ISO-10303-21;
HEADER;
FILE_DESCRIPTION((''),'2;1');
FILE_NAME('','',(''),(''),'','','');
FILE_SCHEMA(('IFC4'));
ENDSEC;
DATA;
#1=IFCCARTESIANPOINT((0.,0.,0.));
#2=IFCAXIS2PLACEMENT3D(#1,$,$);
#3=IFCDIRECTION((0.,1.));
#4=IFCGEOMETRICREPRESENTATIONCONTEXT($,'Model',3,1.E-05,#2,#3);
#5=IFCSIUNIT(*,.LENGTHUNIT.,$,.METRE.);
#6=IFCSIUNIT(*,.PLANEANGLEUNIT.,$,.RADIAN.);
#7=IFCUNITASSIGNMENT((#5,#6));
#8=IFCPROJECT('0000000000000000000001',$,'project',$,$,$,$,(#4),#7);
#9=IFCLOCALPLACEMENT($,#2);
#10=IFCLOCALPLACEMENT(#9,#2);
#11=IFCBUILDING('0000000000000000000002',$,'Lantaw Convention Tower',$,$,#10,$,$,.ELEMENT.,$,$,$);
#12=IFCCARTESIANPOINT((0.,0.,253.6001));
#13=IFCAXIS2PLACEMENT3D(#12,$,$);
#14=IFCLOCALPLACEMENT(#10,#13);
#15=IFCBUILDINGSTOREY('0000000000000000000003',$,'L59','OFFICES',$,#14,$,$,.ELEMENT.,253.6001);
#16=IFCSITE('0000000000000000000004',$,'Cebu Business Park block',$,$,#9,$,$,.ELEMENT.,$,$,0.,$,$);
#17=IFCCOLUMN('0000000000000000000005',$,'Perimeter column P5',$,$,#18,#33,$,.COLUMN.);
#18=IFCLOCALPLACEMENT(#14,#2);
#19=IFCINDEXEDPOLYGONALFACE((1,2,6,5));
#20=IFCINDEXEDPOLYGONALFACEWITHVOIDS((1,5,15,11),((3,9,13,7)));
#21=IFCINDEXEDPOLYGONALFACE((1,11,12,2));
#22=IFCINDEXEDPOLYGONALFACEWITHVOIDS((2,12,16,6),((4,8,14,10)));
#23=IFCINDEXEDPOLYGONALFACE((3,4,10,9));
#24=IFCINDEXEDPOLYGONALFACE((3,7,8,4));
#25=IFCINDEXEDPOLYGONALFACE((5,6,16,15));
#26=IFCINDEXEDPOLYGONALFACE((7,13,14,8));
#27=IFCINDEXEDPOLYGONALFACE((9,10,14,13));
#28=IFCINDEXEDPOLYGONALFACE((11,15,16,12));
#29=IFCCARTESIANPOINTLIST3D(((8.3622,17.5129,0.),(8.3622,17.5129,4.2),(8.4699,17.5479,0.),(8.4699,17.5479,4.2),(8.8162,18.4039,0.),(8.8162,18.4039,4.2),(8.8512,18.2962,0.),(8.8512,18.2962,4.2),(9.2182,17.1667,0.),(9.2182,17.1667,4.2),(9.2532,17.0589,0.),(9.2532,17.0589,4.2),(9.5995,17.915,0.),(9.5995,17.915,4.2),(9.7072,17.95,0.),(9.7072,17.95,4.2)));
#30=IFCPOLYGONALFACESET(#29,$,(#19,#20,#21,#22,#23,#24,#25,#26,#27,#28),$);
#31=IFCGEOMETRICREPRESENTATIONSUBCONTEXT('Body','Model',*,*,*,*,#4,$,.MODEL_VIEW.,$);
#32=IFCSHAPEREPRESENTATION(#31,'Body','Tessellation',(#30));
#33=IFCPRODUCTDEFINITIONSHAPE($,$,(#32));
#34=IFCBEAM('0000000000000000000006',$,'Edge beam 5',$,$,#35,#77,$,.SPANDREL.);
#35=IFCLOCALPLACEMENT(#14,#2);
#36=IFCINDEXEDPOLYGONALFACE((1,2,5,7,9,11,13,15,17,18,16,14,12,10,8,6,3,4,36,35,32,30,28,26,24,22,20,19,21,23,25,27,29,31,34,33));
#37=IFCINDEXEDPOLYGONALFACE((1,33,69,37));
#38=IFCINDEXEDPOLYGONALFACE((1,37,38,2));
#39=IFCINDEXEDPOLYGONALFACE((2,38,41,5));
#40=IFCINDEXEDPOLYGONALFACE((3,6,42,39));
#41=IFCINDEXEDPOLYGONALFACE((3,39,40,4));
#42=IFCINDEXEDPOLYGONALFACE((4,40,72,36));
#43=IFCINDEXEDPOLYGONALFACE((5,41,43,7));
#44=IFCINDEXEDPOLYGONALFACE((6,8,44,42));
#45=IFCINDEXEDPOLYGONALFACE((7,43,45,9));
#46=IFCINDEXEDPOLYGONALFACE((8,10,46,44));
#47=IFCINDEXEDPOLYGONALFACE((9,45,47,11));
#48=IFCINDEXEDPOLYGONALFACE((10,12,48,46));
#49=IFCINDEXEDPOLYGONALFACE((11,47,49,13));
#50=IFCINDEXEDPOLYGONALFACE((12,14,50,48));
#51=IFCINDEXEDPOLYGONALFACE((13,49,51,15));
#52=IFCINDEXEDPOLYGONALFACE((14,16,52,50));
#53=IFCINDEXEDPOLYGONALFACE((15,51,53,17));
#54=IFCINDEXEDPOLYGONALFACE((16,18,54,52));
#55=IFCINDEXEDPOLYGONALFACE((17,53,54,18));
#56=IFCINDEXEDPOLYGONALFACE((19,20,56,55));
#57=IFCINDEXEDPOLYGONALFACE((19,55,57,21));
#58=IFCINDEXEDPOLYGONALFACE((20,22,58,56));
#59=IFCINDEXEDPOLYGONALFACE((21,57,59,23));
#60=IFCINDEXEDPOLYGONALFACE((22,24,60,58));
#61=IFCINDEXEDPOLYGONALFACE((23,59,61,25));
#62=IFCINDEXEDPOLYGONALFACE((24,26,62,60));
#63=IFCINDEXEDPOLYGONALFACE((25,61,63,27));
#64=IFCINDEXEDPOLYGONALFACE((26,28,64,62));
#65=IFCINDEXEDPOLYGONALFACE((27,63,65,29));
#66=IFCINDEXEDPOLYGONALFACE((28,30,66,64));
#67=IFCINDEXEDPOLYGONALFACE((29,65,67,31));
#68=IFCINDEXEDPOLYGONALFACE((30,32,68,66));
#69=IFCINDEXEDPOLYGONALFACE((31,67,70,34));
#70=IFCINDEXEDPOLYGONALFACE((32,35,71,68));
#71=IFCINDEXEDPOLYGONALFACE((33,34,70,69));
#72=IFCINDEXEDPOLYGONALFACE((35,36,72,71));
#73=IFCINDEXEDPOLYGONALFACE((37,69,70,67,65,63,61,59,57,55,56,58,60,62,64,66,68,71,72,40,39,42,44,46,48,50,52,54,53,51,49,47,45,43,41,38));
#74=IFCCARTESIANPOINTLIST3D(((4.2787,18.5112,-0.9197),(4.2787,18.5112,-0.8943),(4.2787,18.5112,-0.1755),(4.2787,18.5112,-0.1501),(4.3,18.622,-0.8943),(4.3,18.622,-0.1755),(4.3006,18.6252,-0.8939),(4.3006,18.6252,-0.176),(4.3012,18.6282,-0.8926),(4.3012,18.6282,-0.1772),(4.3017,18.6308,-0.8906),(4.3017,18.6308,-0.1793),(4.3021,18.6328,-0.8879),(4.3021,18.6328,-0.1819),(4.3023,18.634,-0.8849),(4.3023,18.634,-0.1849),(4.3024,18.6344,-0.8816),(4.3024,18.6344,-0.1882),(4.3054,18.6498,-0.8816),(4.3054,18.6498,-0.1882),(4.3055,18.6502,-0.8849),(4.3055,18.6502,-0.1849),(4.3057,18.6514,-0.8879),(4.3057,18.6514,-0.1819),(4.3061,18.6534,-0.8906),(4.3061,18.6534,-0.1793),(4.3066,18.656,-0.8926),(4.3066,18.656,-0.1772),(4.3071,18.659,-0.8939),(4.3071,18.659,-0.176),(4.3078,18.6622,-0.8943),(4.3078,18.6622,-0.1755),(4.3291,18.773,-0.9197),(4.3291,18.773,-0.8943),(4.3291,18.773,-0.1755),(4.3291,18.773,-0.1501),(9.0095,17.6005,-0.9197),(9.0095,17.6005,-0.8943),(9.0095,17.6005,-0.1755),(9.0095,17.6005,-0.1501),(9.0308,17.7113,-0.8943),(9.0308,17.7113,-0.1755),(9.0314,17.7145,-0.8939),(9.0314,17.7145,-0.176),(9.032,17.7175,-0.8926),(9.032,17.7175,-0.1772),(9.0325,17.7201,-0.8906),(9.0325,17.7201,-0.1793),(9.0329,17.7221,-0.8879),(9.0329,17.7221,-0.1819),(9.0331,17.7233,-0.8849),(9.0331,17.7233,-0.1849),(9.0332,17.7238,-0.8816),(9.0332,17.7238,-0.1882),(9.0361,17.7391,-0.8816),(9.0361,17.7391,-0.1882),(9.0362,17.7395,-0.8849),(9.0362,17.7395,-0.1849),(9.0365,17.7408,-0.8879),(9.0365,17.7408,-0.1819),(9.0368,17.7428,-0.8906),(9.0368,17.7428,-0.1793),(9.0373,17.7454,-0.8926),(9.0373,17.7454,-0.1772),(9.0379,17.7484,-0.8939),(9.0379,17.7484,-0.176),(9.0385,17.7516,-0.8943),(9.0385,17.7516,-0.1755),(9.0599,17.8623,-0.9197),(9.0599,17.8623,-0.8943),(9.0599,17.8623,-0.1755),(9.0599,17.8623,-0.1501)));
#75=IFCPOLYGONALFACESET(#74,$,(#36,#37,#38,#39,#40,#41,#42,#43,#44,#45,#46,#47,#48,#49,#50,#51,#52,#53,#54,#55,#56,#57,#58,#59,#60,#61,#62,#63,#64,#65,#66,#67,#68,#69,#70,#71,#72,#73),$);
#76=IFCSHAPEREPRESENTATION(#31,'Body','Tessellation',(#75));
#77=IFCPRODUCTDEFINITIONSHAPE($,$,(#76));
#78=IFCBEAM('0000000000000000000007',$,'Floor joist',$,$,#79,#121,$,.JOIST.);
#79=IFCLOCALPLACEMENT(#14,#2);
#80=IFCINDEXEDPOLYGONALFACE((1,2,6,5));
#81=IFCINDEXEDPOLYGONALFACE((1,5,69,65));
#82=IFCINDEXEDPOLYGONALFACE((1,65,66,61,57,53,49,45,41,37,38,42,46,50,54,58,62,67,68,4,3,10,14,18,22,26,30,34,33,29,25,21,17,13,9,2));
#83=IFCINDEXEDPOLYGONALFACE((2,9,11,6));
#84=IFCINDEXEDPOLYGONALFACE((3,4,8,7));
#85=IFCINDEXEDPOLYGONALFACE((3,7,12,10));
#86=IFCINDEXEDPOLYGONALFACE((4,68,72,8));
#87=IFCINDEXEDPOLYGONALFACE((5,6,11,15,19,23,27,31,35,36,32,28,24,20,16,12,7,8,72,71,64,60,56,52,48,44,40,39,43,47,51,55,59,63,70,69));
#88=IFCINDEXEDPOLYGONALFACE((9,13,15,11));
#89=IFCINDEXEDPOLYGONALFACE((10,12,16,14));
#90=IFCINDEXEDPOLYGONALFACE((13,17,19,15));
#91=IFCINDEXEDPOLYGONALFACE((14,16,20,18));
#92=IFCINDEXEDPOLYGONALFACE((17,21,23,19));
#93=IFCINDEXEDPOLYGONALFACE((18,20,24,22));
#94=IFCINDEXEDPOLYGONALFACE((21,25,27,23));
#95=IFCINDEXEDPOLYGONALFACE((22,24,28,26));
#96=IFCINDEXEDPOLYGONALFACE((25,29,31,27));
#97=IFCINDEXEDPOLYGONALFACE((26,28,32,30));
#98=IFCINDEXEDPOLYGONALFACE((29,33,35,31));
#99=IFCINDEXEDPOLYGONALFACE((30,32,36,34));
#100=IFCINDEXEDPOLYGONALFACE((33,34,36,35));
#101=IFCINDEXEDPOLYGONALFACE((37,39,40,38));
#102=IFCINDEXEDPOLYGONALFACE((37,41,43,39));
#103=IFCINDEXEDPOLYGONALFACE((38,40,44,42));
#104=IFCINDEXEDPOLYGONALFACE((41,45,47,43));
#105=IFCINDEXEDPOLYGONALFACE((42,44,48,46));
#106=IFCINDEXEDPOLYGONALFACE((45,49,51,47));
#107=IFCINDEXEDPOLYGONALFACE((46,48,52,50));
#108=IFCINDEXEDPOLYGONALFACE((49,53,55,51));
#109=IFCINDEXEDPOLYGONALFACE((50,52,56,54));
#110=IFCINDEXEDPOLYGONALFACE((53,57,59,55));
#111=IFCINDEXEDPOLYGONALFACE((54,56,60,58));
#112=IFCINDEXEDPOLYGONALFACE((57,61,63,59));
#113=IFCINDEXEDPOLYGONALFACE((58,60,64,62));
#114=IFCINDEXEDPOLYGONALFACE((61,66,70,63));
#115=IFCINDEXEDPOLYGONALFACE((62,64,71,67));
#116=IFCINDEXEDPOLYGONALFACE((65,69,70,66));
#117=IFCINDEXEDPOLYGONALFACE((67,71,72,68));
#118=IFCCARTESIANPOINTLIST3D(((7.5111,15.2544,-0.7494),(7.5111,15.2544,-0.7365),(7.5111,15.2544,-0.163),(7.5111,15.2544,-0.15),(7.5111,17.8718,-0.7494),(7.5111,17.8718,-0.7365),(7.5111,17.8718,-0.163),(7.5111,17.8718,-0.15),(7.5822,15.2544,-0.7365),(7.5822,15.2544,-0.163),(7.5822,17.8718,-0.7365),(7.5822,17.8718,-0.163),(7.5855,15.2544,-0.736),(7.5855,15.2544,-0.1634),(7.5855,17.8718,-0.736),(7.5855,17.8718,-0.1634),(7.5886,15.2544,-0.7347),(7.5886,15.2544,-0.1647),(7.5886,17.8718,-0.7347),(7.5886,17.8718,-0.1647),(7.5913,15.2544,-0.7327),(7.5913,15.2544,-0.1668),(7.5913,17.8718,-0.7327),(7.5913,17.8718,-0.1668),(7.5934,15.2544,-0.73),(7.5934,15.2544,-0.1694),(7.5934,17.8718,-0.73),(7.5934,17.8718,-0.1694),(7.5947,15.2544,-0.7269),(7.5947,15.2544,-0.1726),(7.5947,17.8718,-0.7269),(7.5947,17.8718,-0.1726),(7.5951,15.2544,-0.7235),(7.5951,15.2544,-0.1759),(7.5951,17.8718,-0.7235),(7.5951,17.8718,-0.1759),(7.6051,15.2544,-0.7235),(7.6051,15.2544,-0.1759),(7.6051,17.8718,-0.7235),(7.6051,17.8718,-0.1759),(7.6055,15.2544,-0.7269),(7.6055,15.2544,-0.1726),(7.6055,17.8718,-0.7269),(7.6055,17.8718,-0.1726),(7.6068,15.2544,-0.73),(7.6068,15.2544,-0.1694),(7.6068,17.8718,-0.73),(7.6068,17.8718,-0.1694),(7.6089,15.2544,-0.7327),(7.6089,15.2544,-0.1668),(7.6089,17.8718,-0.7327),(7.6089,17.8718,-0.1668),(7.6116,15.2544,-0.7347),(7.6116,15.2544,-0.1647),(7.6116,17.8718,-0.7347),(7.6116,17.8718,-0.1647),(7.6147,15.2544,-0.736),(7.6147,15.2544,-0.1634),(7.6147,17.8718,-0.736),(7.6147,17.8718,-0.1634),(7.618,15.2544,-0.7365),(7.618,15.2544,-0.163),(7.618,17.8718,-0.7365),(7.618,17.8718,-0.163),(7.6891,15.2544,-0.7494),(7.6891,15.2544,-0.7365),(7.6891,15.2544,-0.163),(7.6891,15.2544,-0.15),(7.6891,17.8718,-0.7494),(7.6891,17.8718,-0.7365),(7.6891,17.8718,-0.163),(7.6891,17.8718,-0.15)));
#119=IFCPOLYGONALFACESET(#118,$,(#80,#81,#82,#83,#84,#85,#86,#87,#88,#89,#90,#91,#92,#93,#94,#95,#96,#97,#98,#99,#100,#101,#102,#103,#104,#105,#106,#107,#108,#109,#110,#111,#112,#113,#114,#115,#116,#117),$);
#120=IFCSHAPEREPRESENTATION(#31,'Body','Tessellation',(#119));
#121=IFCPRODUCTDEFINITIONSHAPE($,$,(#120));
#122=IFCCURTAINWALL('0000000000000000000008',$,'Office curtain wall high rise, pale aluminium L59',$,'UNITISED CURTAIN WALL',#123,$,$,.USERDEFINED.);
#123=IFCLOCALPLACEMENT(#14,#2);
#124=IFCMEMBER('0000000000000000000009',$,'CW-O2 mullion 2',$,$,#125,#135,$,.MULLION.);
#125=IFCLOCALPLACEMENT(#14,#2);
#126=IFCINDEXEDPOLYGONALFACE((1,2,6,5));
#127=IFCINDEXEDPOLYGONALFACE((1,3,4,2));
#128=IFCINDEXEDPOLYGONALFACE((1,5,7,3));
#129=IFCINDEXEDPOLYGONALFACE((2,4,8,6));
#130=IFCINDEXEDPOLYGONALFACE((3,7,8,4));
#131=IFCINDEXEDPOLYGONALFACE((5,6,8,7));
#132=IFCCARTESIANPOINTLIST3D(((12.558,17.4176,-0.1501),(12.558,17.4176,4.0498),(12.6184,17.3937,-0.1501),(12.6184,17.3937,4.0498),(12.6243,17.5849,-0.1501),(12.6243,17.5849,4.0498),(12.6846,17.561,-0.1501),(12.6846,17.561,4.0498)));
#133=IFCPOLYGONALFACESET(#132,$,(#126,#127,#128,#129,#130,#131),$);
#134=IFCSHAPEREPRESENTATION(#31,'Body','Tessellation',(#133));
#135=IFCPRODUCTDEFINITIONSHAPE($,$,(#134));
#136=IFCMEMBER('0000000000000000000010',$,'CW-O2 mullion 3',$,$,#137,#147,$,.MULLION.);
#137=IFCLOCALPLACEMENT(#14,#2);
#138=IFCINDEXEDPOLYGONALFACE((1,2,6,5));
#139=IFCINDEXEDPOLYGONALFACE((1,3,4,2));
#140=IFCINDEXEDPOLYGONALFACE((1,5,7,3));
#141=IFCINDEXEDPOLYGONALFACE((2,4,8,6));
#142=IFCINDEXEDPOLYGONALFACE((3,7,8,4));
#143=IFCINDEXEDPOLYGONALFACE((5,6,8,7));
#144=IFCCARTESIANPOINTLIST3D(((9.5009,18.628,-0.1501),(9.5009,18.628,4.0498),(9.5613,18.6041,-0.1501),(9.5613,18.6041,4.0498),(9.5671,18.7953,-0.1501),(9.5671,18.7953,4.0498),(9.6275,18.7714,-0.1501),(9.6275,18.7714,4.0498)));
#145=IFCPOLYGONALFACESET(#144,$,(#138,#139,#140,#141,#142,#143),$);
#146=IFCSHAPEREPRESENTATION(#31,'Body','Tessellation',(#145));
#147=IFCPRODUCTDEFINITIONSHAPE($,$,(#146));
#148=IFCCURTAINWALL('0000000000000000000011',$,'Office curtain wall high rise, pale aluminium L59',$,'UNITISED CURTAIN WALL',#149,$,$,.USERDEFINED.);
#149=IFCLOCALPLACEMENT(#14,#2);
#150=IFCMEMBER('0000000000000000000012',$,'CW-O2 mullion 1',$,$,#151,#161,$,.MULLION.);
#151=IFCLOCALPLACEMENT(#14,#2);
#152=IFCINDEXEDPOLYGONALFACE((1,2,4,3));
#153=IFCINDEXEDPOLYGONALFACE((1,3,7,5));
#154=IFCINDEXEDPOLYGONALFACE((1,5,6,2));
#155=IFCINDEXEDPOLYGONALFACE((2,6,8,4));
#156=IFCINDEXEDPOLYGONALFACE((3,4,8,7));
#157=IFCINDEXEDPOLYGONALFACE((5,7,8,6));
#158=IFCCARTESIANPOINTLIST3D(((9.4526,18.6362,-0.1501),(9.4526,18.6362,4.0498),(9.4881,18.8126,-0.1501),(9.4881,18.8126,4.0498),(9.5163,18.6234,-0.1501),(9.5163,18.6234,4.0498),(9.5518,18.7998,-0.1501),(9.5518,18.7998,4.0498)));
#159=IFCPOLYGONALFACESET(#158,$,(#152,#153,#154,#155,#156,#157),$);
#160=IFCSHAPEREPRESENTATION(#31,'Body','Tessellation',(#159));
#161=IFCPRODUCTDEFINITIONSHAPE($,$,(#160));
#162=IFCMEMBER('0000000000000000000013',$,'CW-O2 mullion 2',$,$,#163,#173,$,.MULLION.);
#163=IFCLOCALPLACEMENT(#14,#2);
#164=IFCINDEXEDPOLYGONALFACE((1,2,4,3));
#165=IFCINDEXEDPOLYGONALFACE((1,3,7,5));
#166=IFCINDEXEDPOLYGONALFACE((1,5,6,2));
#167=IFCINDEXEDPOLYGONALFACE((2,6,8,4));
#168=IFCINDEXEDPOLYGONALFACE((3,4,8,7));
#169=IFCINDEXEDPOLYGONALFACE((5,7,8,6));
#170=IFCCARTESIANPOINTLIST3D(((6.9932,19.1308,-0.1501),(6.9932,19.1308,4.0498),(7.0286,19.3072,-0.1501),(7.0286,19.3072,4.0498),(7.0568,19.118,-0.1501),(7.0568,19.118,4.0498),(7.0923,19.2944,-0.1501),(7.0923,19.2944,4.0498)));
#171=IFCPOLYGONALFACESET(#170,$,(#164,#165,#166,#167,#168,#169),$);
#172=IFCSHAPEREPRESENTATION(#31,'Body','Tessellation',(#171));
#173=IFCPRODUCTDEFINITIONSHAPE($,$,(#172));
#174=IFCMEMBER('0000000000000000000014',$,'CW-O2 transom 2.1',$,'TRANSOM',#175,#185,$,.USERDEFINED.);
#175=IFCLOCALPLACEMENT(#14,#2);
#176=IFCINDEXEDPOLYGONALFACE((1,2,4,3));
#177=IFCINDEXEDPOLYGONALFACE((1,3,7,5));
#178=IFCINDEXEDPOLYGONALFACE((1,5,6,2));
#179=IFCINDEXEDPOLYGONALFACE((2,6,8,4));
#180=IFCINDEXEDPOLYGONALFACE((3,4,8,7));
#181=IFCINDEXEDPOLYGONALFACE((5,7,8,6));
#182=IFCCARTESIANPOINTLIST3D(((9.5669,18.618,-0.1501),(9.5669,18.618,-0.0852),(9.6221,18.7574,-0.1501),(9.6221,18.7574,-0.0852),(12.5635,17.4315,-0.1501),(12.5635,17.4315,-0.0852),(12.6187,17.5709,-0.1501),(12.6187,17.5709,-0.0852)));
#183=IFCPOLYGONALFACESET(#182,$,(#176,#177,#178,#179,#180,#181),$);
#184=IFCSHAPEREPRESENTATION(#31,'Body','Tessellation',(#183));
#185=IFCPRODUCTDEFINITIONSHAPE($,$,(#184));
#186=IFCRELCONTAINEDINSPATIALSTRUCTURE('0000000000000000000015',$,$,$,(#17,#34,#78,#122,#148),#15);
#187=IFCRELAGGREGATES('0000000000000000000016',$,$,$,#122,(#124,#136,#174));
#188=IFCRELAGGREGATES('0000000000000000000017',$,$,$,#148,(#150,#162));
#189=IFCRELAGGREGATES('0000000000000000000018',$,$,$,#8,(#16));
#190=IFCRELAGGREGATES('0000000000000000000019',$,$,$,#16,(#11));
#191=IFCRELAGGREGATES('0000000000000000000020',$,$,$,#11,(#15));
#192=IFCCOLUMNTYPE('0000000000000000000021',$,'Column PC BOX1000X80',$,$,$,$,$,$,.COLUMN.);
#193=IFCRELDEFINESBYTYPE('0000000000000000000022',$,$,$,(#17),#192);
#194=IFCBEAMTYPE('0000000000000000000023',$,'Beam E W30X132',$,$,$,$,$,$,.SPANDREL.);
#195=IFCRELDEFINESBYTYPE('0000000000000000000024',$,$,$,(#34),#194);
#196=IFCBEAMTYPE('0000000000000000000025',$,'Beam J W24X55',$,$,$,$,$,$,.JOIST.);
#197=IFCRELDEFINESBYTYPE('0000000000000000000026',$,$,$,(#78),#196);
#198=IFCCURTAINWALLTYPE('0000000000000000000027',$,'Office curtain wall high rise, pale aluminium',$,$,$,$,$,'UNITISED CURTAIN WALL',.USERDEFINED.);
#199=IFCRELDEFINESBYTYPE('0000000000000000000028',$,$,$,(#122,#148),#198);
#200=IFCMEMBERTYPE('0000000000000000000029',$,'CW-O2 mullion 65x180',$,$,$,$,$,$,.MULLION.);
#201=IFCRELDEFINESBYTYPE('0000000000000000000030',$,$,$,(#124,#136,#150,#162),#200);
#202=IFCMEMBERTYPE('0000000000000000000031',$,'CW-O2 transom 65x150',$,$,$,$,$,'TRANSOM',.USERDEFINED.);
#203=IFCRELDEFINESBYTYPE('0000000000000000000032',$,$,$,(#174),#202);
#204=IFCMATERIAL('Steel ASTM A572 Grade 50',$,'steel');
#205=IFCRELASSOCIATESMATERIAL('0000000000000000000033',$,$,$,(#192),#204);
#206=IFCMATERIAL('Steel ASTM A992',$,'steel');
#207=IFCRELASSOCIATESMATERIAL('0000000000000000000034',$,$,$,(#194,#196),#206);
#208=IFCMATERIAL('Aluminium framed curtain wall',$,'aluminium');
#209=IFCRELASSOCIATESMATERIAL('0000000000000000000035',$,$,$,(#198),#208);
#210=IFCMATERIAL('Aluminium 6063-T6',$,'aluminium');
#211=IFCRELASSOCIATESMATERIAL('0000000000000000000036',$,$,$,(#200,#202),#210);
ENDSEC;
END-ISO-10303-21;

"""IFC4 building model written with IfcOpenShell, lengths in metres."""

from ifc_helpers import new_model, si_unit, direction, frame, origin, origin_2d, place, context, subcontext, project, spatial, rectangle, hollow_rectangle, i_section, extrude, material, material_profile, profile_set, type_object, element, aggregate, save


model = new_model("IFC4")

# Units and contexts
model_context = context("Model", 3, precision=1e-05, world=origin(), true_north=direction((0.0, 1.0)))
body_context = subcontext(model_context, "Body", "Model", "MODEL_VIEW")
ifc_project = project(units=[si_unit("LENGTHUNIT", "METRE"), si_unit("PLANEANGLEUNIT", "RADIAN")], contexts=[model_context])

# Site, building, storey
site_placement = place(None, origin())
site = spatial("IfcSite", under=ifc_project, at=site_placement, Name="Cebu Business Park block", CompositionType="ELEMENT", RefElevation=0.0)
building_placement = place(site_placement, origin())
building = spatial("IfcBuilding", under=site, at=building_placement, Name="Lantaw Convention Tower", CompositionType="ELEMENT")
storey_placement = place(building_placement, frame((0.0, 0.0, 253.6001)))
storey = spatial("IfcBuildingStorey", under=building, at=storey_placement, Name="L59", Description="OFFICES", CompositionType="ELEMENT", Elevation=253.6001)

# Column
ifc_material_1 = material(Name="Steel ASTM A572 Grade 50", Category="steel")
ifc_material_profile_1 = material_profile(ifc_material_1, hollow_rectangle(XDim=1.0, YDim=1.0, WallThickness=0.0801, at=origin_2d()), Name="BOX1000X80")
ifc_material_2 = material(Name="Concrete C60/75", Category="concrete")
ifc_material_profile_2 = material_profile(ifc_material_2, rectangle(XDim=0.8401, YDim=0.8401, at=origin_2d()), Name="Concrete fill of BOX1000X80")
ifc_profile_set_1 = profile_set([ifc_material_profile_1, ifc_material_profile_2], Name="Steel ASTM A572 Grade 50")
column_type = type_object("IfcColumnType", Name="Column PC BOX1000X80", PredefinedType="COLUMN", material=ifc_profile_set_1)
column_placement = place(storey_placement, frame((9.0347, 17.7314, 0.0), z_axis=(0.0, 0.0, 1.0), x_axis=(0.45399, 0.891007, 0.0)))
element("IfcColumn", 1, at=column_placement, inside=storey, type_object=column_type, Name="Perimeter column P5", PredefinedType="COLUMN", context=body_context, shape_type="SweptSolid", body=[
    extrude(hollow_rectangle(XDim=1.0, YDim=1.0, WallThickness=0.0801, at=origin_2d()), origin(), (0.0, 0.0, 1.0), 4.2),
])

# Beams
ifc_material_3 = material(Name="Steel ASTM A992", Category="steel")
ifc_material_profile_3 = material_profile(ifc_material_3, i_section(OverallWidth=0.2666, OverallDepth=0.7695, WebThickness=0.0156, FlangeThickness=0.0254, FilletRadius=0.0127, at=origin_2d()), Name="W30X132")
ifc_profile_set_2 = profile_set([ifc_material_profile_3], Name="Steel ASTM A992")
beam_type_1 = type_object("IfcBeamType", Name="Beam E W30X132", PredefinedType="SPANDREL", material=ifc_profile_set_2)
beam_1_placement = place(storey_placement, frame((9.0347, 17.7314, -0.5349), z_axis=(-0.981972, 0.189026, 0.0), x_axis=(-0.189026, -0.981972, 0.0)))
element("IfcBeam", 2, at=beam_1_placement, inside=storey, type_object=beam_type_1, Name="Edge beam 5", PredefinedType="SPANDREL", context=body_context, shape_type="SweptSolid", body=[
    extrude(i_section(OverallWidth=0.2666, OverallDepth=0.7695, WebThickness=0.0156, FlangeThickness=0.0254, FilletRadius=0.0127, at=origin_2d()), origin(), (0.0, 0.0, 1.0), 4.8176),
])
ifc_material_profile_4 = material_profile(ifc_material_3, i_section(OverallWidth=0.178, OverallDepth=0.5994, WebThickness=0.01, FlangeThickness=0.0129, FilletRadius=0.0129, at=origin_2d()), Name="W24X55")
ifc_profile_set_3 = profile_set([ifc_material_profile_4], Name="Steel ASTM A992")
beam_type_2 = type_object("IfcBeamType", Name="Beam J W24X55", PredefinedType="JOIST", material=ifc_profile_set_3)
beam_2_placement = place(storey_placement, frame((7.6001, 15.2544, -0.4497), z_axis=(0.0, 1.0, 0.0), x_axis=(-1.0, 0.0, 0.0)))
element("IfcBeam", 3, at=beam_2_placement, inside=storey, type_object=beam_type_2, Name="Floor joist", PredefinedType="JOIST", context=body_context, shape_type="SweptSolid", body=[
    extrude(i_section(OverallWidth=0.178, OverallDepth=0.5994, WebThickness=0.01, FlangeThickness=0.0129, FilletRadius=0.0129, at=origin_2d()), origin(), (0.0, 0.0, 1.0), 2.6174),
])

# Curtain walls, members
ifc_material_4 = material(Name="Aluminium framed curtain wall", Category="aluminium")
curtain_wall_type = type_object("IfcCurtainWallType", Name="Office curtain wall high rise, pale aluminium", ElementType="UNITISED CURTAIN WALL", PredefinedType="USERDEFINED", material=ifc_material_4)
curtain_wall_1_placement = place(storey_placement, origin())
curtain_wall_1 = element("IfcCurtainWall", 4, at=curtain_wall_1_placement, inside=storey, type_object=curtain_wall_type, Name="Office curtain wall high rise, pale aluminium L59", ObjectType="UNITISED CURTAIN WALL", PredefinedType="USERDEFINED")
ifc_material_5 = material(Name="Aluminium 6063-T6", Category="aluminium")
ifc_material_profile_5 = material_profile(ifc_material_5, rectangle(XDim=0.1799, YDim=0.0649, at=origin_2d()), Name="CW-O2 mullion 65x180")
ifc_profile_set_4 = profile_set([ifc_material_profile_5], Name="Aluminium 6063-T6")
member_type_1 = type_object("IfcMemberType", Name="CW-O2 mullion 65x180", PredefinedType="MULLION", material=ifc_profile_set_4)
member_1_placement = place(storey_placement, frame((12.6213, 17.4893, -0.1501), z_axis=(0.0, 0.0, 1.0), x_axis=(-0.368162, -0.929762, 0.0)))
member_1 = element("IfcMember", 5, at=member_1_placement, type_object=member_type_1, Name="CW-O2 mullion 2", PredefinedType="MULLION", context=body_context, shape_type="SweptSolid", body=[
    extrude(rectangle(XDim=0.1799, YDim=0.0649, at=origin_2d()), origin(), (0.0, 0.0, 1.0), 4.2),
])
member_2_placement = place(storey_placement, frame((9.5642, 18.6997, -0.1501), z_axis=(0.0, 0.0, 1.0), x_axis=(-0.368162, -0.929762, 0.0)))
member_2 = element("IfcMember", 6, at=member_2_placement, type_object=member_type_1, Name="CW-O2 mullion 3", PredefinedType="MULLION", context=body_context, shape_type="SweptSolid", body=[
    extrude(rectangle(XDim=0.1799, YDim=0.0649, at=origin_2d()), origin(), (0.0, 0.0, 1.0), 4.2),
])
curtain_wall_2_placement = place(storey_placement, origin())
curtain_wall_2 = element("IfcCurtainWall", 7, at=curtain_wall_2_placement, inside=storey, type_object=curtain_wall_type, Name="Office curtain wall high rise, pale aluminium L59", ObjectType="UNITISED CURTAIN WALL", PredefinedType="USERDEFINED")
member_3_placement = place(storey_placement, frame((9.5022, 18.718, -0.1501), z_axis=(0.0, 0.0, 1.0), x_axis=(-0.197183, -0.980367, 0.0)))
member_3 = element("IfcMember", 8, at=member_3_placement, type_object=member_type_1, Name="CW-O2 mullion 1", PredefinedType="MULLION", context=body_context, shape_type="SweptSolid", body=[
    extrude(rectangle(XDim=0.1799, YDim=0.0649, at=origin_2d()), origin(), (0.0, 0.0, 1.0), 4.2),
])
member_4_placement = place(storey_placement, frame((7.0427, 19.2126, -0.1501), z_axis=(0.0, 0.0, 1.0), x_axis=(-0.197183, -0.980367, 0.0)))
member_4 = element("IfcMember", 9, at=member_4_placement, type_object=member_type_1, Name="CW-O2 mullion 2", PredefinedType="MULLION", context=body_context, shape_type="SweptSolid", body=[
    extrude(rectangle(XDim=0.1799, YDim=0.0649, at=origin_2d()), origin(), (0.0, 0.0, 1.0), 4.2),
])

# Member
ifc_material_profile_6 = material_profile(ifc_material_5, rectangle(XDim=0.1499, YDim=0.0649, at=origin_2d()), Name="CW-O2 transom 65x150")
ifc_profile_set_5 = profile_set([ifc_material_profile_6], Name="Aluminium 6063-T6")
member_type_2 = type_object("IfcMemberType", Name="CW-O2 transom 65x150", ElementType="TRANSOM", PredefinedType="USERDEFINED", material=ifc_profile_set_5)
member_5_placement = place(storey_placement, frame((12.5911, 17.5012, -0.1177), z_axis=(-0.929767, 0.368149, 0.0), x_axis=(-0.368149, -0.929767, 0.0)))
member_5 = element("IfcMember", 10, at=member_5_placement, type_object=member_type_2, Name="CW-O2 transom 2.1", ObjectType="TRANSOM", PredefinedType="USERDEFINED", context=body_context, shape_type="SweptSolid", body=[
    extrude(rectangle(XDim=0.1499, YDim=0.0649, at=origin_2d()), origin(), (0.0, 0.0, 1.0), 3.2229),
])

aggregate(curtain_wall_1, [member_1, member_2, member_5])
aggregate(curtain_wall_2, [member_3, member_4])

save(model, "model.ifc")
